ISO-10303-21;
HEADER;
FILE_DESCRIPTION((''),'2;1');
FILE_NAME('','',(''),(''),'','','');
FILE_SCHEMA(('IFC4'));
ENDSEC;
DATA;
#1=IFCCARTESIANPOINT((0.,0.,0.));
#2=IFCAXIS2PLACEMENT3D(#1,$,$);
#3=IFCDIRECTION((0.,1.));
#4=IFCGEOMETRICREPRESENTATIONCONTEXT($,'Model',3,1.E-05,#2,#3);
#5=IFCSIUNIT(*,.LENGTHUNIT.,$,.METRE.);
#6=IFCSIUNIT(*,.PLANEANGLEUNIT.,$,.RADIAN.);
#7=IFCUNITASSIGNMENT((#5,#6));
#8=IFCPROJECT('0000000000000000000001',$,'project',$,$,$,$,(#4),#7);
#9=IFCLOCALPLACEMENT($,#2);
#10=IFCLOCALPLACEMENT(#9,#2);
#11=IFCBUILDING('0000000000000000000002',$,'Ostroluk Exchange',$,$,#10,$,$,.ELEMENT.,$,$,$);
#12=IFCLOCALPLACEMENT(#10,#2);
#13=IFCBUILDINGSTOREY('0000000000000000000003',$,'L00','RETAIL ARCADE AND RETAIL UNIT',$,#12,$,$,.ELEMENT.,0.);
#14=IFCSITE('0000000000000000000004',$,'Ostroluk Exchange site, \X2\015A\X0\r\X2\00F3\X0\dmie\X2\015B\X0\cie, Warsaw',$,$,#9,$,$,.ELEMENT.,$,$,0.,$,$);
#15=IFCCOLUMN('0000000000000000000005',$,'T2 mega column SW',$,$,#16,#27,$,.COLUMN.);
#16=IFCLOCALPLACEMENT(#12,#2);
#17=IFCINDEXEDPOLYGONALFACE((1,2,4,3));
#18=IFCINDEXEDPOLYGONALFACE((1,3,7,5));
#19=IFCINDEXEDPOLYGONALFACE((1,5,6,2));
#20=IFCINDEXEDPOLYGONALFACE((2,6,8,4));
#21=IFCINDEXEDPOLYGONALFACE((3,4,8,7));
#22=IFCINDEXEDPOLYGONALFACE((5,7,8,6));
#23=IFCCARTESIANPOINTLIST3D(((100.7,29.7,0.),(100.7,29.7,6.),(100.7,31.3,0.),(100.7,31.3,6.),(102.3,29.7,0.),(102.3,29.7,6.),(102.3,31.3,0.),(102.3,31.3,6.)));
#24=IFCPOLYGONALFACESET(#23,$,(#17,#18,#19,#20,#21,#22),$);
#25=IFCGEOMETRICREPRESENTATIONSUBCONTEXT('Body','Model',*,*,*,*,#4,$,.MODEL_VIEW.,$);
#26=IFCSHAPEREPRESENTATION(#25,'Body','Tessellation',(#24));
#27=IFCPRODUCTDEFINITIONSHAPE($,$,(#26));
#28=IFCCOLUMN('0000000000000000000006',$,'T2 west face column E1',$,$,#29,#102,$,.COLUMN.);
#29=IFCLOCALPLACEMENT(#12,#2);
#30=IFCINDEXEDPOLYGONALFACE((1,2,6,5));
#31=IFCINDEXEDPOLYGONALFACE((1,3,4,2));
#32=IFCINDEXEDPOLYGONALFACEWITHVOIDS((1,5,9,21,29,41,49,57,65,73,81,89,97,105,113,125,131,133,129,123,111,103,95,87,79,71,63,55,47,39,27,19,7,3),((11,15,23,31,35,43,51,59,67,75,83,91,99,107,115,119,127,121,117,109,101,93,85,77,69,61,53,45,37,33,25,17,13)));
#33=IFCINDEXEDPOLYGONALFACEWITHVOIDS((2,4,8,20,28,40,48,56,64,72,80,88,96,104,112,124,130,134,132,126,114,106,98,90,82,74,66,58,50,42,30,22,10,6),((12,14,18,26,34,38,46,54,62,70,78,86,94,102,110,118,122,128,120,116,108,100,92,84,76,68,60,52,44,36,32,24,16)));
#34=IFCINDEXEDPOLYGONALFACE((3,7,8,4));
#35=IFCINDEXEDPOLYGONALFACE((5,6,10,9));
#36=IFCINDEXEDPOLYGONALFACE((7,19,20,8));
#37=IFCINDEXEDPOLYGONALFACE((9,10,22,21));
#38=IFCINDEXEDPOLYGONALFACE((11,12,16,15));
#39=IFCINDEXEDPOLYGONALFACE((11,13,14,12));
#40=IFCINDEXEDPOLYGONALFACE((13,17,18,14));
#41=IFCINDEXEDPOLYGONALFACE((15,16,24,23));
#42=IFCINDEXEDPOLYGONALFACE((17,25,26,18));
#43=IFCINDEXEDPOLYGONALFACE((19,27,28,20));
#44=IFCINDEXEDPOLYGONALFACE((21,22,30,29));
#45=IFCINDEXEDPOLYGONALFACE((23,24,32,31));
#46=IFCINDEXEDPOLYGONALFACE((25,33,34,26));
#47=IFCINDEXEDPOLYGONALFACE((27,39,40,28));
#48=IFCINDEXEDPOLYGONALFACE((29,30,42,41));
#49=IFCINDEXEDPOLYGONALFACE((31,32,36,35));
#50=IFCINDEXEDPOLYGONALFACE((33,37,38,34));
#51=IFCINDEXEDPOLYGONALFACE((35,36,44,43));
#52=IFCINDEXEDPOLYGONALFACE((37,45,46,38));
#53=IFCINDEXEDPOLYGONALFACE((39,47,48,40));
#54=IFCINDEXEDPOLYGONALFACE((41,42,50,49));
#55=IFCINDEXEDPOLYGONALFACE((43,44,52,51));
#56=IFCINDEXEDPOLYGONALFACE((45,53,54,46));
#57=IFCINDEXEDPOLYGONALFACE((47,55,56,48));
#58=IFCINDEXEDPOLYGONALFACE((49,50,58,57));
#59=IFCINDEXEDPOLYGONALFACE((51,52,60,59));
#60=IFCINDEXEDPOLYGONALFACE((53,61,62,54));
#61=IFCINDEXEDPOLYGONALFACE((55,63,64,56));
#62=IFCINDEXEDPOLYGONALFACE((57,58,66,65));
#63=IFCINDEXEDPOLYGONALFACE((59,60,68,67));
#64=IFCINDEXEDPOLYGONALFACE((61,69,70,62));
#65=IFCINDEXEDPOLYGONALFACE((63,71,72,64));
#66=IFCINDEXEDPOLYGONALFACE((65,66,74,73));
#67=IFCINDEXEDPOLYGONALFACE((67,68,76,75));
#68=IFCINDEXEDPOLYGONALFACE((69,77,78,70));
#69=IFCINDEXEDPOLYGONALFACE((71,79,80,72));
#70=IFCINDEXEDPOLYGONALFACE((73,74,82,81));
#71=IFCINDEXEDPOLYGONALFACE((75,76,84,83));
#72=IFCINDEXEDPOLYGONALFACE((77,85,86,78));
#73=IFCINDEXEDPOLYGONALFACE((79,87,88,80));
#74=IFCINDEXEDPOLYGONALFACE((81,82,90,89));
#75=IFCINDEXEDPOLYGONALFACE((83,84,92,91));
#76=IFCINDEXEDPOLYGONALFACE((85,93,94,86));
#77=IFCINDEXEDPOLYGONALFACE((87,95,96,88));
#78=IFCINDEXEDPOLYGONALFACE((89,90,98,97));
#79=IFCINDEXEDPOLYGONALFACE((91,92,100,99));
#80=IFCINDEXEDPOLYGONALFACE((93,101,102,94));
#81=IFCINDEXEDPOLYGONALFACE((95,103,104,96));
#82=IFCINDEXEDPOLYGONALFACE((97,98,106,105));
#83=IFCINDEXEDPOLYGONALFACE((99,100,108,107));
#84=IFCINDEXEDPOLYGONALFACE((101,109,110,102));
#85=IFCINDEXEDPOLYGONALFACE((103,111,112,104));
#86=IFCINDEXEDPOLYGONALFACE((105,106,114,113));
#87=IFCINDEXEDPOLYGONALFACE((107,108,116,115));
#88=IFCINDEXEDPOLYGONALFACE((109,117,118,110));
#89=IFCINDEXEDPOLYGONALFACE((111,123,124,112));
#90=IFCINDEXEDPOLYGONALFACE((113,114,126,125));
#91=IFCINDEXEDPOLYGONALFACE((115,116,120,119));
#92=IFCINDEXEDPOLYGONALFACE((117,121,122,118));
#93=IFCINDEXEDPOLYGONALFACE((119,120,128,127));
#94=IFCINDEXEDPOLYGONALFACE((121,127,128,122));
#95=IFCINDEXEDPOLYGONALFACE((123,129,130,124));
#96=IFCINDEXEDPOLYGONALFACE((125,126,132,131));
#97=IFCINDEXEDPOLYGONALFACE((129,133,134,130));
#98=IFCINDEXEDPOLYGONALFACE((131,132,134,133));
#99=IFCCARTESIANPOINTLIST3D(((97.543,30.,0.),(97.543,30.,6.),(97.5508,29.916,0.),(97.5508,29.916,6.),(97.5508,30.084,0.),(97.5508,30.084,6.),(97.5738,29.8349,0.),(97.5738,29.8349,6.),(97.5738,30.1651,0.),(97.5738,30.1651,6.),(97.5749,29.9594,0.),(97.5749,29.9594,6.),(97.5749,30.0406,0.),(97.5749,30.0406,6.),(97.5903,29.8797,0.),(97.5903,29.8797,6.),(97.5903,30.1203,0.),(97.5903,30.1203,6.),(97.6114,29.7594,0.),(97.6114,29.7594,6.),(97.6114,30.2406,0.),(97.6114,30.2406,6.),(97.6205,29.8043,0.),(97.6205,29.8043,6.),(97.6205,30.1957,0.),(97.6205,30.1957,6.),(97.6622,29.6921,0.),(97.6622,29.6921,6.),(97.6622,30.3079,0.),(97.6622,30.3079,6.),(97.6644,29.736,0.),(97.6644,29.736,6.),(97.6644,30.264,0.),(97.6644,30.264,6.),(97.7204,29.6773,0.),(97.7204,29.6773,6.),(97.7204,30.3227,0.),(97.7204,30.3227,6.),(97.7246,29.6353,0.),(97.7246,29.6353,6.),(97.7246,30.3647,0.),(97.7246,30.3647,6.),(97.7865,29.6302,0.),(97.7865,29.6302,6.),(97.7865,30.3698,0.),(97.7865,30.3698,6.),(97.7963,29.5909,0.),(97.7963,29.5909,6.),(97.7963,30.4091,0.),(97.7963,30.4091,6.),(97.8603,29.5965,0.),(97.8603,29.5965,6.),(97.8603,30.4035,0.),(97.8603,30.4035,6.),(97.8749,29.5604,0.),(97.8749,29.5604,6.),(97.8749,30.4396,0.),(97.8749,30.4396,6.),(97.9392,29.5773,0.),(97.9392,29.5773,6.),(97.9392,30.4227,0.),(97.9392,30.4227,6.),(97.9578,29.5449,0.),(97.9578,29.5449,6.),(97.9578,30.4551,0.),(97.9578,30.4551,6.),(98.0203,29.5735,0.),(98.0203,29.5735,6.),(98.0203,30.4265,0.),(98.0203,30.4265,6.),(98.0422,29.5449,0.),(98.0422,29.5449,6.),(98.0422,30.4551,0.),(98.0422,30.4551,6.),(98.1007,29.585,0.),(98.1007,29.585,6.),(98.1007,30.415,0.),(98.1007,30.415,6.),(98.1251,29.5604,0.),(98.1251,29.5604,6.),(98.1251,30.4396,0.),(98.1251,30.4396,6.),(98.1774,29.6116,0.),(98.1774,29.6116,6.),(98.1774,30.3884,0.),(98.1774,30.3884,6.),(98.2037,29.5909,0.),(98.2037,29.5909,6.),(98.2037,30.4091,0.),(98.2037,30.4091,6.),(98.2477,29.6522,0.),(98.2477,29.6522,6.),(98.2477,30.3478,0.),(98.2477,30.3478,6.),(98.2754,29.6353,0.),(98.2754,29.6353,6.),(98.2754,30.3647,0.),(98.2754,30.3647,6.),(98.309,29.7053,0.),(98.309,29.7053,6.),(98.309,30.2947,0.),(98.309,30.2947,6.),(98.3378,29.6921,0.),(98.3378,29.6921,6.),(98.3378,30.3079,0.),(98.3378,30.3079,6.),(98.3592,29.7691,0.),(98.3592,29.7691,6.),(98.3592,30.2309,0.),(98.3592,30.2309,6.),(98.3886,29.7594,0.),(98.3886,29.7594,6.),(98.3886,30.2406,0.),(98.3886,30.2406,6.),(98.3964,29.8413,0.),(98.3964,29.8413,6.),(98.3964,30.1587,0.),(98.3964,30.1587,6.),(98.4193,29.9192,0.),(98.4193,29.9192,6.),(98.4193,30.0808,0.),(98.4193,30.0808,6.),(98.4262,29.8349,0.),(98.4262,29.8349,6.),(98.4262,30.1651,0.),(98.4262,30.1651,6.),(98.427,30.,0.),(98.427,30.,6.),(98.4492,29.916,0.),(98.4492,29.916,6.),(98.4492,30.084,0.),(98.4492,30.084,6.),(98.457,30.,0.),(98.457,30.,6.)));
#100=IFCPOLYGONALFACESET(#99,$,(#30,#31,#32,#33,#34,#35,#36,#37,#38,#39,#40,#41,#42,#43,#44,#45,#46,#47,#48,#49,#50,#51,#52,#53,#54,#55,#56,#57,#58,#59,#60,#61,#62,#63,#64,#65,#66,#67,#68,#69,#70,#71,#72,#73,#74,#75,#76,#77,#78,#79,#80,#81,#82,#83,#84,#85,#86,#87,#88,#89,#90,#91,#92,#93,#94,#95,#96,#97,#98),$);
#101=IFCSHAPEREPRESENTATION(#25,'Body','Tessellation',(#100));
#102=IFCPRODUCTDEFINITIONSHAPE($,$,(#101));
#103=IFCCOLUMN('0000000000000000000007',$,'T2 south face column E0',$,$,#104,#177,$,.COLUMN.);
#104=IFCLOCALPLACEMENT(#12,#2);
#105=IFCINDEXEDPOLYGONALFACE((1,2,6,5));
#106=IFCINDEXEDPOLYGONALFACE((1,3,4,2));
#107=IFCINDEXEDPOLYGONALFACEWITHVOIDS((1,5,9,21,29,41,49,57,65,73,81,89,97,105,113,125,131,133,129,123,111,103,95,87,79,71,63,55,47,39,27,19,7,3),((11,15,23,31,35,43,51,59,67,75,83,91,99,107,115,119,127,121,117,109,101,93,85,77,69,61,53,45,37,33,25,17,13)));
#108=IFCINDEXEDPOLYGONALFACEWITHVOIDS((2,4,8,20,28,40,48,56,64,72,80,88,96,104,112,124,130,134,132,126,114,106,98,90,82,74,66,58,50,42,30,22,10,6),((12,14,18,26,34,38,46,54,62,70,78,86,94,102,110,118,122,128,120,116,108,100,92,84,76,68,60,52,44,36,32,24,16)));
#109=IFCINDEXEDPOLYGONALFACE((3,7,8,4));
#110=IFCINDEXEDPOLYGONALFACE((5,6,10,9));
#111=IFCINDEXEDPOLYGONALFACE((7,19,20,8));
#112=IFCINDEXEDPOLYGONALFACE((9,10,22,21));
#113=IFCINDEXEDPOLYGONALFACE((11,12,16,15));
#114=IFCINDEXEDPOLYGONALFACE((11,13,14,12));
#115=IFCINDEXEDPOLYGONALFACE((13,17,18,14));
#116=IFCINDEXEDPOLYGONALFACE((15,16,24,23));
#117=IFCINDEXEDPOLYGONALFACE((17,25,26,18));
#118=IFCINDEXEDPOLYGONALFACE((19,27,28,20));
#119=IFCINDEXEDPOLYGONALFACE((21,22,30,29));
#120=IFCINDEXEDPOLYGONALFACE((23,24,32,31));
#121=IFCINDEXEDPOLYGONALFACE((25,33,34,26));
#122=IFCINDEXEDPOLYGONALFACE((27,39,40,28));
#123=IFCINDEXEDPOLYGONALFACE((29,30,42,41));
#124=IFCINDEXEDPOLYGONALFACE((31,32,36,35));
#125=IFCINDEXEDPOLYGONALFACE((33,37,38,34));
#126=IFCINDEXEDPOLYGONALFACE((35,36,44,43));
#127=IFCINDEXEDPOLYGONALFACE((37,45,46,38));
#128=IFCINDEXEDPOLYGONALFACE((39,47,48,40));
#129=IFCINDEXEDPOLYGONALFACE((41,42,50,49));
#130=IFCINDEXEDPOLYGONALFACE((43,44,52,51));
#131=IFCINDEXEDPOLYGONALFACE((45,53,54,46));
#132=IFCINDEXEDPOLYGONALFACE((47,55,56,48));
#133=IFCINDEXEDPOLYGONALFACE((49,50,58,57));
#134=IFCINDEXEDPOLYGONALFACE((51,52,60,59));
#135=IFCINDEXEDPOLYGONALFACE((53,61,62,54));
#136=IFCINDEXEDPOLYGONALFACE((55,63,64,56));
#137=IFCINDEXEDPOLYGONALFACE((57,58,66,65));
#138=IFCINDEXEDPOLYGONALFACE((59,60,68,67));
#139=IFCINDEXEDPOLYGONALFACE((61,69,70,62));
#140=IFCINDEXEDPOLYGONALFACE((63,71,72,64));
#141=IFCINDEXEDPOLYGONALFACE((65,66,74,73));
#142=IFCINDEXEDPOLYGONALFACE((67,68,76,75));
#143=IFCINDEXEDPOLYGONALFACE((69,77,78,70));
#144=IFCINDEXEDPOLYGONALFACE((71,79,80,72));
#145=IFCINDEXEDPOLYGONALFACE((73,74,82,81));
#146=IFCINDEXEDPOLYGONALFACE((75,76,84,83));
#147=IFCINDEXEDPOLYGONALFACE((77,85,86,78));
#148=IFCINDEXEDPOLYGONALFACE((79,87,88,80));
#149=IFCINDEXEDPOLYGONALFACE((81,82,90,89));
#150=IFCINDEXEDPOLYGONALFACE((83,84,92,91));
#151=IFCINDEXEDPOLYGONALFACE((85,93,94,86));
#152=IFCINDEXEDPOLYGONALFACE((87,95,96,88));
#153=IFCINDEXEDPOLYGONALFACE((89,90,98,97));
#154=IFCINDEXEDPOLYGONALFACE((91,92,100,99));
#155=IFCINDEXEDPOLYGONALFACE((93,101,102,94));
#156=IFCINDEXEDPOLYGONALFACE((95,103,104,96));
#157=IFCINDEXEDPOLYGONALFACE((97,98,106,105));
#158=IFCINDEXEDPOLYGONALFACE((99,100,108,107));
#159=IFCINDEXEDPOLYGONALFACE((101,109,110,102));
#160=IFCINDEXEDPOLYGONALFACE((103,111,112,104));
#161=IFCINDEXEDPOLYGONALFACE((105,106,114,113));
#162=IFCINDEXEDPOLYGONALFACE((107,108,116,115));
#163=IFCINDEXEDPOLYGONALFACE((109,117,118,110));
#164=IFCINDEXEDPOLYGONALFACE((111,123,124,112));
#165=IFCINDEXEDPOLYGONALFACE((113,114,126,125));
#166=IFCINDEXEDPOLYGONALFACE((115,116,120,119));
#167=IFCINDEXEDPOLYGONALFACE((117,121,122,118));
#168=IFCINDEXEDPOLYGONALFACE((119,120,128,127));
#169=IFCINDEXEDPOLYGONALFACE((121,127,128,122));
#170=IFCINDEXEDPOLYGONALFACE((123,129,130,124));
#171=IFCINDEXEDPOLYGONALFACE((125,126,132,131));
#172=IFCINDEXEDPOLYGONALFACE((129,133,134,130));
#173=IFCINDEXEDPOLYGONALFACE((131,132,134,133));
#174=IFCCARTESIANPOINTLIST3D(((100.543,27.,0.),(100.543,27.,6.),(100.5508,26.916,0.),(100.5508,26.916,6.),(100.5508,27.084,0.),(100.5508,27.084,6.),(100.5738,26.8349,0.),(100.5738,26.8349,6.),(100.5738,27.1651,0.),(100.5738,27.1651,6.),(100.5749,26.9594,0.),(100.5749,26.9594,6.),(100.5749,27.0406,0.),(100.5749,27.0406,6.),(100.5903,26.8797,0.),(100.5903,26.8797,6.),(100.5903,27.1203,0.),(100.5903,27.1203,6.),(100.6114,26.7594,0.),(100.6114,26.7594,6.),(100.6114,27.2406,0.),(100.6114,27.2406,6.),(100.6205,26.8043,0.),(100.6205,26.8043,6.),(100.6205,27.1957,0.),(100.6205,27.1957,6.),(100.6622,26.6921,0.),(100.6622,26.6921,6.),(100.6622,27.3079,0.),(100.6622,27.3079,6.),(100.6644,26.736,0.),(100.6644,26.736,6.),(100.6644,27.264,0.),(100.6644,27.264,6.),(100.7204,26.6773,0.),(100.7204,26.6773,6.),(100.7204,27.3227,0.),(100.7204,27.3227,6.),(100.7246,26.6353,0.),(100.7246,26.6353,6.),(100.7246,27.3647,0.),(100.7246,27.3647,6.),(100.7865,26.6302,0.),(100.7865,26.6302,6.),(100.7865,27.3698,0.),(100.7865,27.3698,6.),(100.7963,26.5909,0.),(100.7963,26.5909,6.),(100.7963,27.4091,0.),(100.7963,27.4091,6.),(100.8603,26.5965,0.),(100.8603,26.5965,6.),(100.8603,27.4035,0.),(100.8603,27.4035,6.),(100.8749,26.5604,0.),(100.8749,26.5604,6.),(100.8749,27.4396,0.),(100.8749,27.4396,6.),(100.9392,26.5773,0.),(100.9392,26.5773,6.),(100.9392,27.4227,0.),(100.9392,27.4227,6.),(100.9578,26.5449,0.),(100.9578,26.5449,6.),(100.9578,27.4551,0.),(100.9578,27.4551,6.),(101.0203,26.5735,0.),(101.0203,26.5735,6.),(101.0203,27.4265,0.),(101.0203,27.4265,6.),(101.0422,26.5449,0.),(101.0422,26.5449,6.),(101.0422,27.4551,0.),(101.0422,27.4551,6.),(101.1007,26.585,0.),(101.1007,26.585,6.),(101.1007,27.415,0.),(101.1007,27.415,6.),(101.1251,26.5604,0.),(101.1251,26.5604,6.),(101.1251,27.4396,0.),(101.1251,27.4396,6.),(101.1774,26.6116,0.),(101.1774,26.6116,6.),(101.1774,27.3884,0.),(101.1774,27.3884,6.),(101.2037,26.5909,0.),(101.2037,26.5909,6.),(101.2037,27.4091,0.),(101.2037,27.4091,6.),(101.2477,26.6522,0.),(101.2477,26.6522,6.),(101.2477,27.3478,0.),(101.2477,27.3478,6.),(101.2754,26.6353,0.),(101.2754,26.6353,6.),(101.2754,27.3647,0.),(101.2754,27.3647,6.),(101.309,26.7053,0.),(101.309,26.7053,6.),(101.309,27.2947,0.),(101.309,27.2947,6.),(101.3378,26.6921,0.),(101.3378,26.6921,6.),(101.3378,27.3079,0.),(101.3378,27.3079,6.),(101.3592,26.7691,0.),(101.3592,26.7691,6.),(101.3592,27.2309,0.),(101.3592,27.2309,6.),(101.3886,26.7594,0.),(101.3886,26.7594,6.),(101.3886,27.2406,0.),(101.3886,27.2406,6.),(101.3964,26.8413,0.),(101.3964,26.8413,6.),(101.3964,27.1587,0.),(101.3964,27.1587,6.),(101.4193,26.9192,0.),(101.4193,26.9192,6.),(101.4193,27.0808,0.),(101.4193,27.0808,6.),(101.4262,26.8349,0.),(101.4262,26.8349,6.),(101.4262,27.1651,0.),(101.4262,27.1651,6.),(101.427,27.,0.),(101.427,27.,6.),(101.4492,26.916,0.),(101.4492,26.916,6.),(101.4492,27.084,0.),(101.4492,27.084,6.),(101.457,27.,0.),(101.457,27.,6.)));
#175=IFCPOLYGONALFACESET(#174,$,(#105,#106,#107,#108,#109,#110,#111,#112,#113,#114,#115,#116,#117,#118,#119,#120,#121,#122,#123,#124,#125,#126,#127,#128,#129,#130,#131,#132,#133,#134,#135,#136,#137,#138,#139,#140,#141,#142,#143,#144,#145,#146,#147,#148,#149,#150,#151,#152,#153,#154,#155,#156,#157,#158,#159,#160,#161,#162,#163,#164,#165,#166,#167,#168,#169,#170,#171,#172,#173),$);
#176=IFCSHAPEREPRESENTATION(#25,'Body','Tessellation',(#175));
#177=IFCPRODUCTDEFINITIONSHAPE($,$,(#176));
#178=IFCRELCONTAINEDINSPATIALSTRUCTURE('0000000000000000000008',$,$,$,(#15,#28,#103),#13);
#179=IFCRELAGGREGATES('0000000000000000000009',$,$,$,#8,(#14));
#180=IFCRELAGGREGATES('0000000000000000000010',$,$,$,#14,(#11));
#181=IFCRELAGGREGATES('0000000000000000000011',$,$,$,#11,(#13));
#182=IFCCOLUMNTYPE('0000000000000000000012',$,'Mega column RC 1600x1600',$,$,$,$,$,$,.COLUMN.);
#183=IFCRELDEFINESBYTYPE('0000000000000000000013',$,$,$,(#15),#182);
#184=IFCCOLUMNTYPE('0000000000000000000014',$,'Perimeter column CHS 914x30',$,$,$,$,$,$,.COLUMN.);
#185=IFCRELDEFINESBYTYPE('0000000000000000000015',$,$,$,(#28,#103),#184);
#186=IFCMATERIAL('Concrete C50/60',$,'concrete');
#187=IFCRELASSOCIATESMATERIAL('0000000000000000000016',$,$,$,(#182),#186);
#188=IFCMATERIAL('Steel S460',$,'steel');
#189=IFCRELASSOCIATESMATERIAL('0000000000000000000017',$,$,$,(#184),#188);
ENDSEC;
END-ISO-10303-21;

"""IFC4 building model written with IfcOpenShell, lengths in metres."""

from ifc_helpers import new_model, si_unit, direction, frame, origin, origin_2d, place, context, subcontext, project, spatial, rectangle, hollow_circle, extrude, material, material_profile, profile_set, type_object, element, save


model = new_model("IFC4")

# Units and contexts
model_context = context("Model", 3, precision=1e-05, world=origin(), true_north=direction((0.0, 1.0)))
body_context = subcontext(model_context, "Body", "Model", "MODEL_VIEW")
ifc_project = project(units=[si_unit("LENGTHUNIT", "METRE"), si_unit("PLANEANGLEUNIT", "RADIAN")], contexts=[model_context])

# Site, building, storey
site_placement = place(None, origin())
site = spatial("IfcSite", under=ifc_project, at=site_placement, Name="Ostroluk Exchange site, Śródmieście, Warsaw", CompositionType="ELEMENT", RefElevation=0.0)
building_placement = place(site_placement, origin())
building = spatial("IfcBuilding", under=site, at=building_placement, Name="Ostroluk Exchange", CompositionType="ELEMENT")
storey_placement = place(building_placement, origin())
storey = spatial("IfcBuildingStorey", under=building, at=storey_placement, Name="L00", Description="RETAIL ARCADE AND RETAIL UNIT", CompositionType="ELEMENT", Elevation=0.0)

# Columns
ifc_material_1 = material(Name="Concrete C50/60", Category="concrete")
ifc_material_profile_1 = material_profile(ifc_material_1, rectangle(XDim=1.6001, YDim=1.6001, at=origin_2d()), Name="RC 1600x1600")
ifc_profile_set_1 = profile_set([ifc_material_profile_1], Name="Concrete C50/60")
column_type_1 = type_object("IfcColumnType", Name="Mega column RC 1600x1600", PredefinedType="COLUMN", material=ifc_profile_set_1)
column_placement = place(storey_placement, frame((101.5, 30.5, 0.0), z_axis=(0.0, 0.0, 1.0), x_axis=(1.0, 0.0, 0.0)))
element("IfcColumn", 1, at=column_placement, inside=storey, type_object=column_type_1, Name="T2 mega column SW", PredefinedType="COLUMN", context=body_context, shape_type="SweptSolid", body=[
    extrude(rectangle(XDim=1.6001, YDim=1.6001, at=origin_2d()), origin(), (0.0, 0.0, 1.0), 6.0),
])
ifc_material_2 = material(Name="Steel S460", Category="steel")
ifc_material_profile_2 = material_profile(ifc_material_2, hollow_circle(Radius=0.457, WallThickness=0.03, at=origin_2d()), Name="CHS 914x30")
ifc_profile_set_2 = profile_set([ifc_material_profile_2], Name="Steel S460")
column_type_2 = type_object("IfcColumnType", Name="Perimeter column CHS 914x30", PredefinedType="COLUMN", material=ifc_profile_set_2)
for number, where, z_axis, x_axis, name in (
    (2, (98.0, 30.0, 0.0), (0.0, 0.0, 1.0), (1.0, 0.0, 0.0), "T2 west face column E1"),
    (3, (101.0, 27.0, 0.0), (0.0, 0.0, 1.0), (1.0, 0.0, 0.0), "T2 south face column E0"),
):
    element("IfcColumn", number, at=place(storey_placement, frame(where, z_axis=z_axis, x_axis=x_axis)), inside=storey, type_object=column_type_2, Name=name, PredefinedType="COLUMN", context=body_context, shape_type="SweptSolid", body=[
        extrude(hollow_circle(Radius=0.457, WallThickness=0.03, at=origin_2d()), origin(), (0.0, 0.0, 1.0), 6.0),
    ])

save(model, "model.ifc")
